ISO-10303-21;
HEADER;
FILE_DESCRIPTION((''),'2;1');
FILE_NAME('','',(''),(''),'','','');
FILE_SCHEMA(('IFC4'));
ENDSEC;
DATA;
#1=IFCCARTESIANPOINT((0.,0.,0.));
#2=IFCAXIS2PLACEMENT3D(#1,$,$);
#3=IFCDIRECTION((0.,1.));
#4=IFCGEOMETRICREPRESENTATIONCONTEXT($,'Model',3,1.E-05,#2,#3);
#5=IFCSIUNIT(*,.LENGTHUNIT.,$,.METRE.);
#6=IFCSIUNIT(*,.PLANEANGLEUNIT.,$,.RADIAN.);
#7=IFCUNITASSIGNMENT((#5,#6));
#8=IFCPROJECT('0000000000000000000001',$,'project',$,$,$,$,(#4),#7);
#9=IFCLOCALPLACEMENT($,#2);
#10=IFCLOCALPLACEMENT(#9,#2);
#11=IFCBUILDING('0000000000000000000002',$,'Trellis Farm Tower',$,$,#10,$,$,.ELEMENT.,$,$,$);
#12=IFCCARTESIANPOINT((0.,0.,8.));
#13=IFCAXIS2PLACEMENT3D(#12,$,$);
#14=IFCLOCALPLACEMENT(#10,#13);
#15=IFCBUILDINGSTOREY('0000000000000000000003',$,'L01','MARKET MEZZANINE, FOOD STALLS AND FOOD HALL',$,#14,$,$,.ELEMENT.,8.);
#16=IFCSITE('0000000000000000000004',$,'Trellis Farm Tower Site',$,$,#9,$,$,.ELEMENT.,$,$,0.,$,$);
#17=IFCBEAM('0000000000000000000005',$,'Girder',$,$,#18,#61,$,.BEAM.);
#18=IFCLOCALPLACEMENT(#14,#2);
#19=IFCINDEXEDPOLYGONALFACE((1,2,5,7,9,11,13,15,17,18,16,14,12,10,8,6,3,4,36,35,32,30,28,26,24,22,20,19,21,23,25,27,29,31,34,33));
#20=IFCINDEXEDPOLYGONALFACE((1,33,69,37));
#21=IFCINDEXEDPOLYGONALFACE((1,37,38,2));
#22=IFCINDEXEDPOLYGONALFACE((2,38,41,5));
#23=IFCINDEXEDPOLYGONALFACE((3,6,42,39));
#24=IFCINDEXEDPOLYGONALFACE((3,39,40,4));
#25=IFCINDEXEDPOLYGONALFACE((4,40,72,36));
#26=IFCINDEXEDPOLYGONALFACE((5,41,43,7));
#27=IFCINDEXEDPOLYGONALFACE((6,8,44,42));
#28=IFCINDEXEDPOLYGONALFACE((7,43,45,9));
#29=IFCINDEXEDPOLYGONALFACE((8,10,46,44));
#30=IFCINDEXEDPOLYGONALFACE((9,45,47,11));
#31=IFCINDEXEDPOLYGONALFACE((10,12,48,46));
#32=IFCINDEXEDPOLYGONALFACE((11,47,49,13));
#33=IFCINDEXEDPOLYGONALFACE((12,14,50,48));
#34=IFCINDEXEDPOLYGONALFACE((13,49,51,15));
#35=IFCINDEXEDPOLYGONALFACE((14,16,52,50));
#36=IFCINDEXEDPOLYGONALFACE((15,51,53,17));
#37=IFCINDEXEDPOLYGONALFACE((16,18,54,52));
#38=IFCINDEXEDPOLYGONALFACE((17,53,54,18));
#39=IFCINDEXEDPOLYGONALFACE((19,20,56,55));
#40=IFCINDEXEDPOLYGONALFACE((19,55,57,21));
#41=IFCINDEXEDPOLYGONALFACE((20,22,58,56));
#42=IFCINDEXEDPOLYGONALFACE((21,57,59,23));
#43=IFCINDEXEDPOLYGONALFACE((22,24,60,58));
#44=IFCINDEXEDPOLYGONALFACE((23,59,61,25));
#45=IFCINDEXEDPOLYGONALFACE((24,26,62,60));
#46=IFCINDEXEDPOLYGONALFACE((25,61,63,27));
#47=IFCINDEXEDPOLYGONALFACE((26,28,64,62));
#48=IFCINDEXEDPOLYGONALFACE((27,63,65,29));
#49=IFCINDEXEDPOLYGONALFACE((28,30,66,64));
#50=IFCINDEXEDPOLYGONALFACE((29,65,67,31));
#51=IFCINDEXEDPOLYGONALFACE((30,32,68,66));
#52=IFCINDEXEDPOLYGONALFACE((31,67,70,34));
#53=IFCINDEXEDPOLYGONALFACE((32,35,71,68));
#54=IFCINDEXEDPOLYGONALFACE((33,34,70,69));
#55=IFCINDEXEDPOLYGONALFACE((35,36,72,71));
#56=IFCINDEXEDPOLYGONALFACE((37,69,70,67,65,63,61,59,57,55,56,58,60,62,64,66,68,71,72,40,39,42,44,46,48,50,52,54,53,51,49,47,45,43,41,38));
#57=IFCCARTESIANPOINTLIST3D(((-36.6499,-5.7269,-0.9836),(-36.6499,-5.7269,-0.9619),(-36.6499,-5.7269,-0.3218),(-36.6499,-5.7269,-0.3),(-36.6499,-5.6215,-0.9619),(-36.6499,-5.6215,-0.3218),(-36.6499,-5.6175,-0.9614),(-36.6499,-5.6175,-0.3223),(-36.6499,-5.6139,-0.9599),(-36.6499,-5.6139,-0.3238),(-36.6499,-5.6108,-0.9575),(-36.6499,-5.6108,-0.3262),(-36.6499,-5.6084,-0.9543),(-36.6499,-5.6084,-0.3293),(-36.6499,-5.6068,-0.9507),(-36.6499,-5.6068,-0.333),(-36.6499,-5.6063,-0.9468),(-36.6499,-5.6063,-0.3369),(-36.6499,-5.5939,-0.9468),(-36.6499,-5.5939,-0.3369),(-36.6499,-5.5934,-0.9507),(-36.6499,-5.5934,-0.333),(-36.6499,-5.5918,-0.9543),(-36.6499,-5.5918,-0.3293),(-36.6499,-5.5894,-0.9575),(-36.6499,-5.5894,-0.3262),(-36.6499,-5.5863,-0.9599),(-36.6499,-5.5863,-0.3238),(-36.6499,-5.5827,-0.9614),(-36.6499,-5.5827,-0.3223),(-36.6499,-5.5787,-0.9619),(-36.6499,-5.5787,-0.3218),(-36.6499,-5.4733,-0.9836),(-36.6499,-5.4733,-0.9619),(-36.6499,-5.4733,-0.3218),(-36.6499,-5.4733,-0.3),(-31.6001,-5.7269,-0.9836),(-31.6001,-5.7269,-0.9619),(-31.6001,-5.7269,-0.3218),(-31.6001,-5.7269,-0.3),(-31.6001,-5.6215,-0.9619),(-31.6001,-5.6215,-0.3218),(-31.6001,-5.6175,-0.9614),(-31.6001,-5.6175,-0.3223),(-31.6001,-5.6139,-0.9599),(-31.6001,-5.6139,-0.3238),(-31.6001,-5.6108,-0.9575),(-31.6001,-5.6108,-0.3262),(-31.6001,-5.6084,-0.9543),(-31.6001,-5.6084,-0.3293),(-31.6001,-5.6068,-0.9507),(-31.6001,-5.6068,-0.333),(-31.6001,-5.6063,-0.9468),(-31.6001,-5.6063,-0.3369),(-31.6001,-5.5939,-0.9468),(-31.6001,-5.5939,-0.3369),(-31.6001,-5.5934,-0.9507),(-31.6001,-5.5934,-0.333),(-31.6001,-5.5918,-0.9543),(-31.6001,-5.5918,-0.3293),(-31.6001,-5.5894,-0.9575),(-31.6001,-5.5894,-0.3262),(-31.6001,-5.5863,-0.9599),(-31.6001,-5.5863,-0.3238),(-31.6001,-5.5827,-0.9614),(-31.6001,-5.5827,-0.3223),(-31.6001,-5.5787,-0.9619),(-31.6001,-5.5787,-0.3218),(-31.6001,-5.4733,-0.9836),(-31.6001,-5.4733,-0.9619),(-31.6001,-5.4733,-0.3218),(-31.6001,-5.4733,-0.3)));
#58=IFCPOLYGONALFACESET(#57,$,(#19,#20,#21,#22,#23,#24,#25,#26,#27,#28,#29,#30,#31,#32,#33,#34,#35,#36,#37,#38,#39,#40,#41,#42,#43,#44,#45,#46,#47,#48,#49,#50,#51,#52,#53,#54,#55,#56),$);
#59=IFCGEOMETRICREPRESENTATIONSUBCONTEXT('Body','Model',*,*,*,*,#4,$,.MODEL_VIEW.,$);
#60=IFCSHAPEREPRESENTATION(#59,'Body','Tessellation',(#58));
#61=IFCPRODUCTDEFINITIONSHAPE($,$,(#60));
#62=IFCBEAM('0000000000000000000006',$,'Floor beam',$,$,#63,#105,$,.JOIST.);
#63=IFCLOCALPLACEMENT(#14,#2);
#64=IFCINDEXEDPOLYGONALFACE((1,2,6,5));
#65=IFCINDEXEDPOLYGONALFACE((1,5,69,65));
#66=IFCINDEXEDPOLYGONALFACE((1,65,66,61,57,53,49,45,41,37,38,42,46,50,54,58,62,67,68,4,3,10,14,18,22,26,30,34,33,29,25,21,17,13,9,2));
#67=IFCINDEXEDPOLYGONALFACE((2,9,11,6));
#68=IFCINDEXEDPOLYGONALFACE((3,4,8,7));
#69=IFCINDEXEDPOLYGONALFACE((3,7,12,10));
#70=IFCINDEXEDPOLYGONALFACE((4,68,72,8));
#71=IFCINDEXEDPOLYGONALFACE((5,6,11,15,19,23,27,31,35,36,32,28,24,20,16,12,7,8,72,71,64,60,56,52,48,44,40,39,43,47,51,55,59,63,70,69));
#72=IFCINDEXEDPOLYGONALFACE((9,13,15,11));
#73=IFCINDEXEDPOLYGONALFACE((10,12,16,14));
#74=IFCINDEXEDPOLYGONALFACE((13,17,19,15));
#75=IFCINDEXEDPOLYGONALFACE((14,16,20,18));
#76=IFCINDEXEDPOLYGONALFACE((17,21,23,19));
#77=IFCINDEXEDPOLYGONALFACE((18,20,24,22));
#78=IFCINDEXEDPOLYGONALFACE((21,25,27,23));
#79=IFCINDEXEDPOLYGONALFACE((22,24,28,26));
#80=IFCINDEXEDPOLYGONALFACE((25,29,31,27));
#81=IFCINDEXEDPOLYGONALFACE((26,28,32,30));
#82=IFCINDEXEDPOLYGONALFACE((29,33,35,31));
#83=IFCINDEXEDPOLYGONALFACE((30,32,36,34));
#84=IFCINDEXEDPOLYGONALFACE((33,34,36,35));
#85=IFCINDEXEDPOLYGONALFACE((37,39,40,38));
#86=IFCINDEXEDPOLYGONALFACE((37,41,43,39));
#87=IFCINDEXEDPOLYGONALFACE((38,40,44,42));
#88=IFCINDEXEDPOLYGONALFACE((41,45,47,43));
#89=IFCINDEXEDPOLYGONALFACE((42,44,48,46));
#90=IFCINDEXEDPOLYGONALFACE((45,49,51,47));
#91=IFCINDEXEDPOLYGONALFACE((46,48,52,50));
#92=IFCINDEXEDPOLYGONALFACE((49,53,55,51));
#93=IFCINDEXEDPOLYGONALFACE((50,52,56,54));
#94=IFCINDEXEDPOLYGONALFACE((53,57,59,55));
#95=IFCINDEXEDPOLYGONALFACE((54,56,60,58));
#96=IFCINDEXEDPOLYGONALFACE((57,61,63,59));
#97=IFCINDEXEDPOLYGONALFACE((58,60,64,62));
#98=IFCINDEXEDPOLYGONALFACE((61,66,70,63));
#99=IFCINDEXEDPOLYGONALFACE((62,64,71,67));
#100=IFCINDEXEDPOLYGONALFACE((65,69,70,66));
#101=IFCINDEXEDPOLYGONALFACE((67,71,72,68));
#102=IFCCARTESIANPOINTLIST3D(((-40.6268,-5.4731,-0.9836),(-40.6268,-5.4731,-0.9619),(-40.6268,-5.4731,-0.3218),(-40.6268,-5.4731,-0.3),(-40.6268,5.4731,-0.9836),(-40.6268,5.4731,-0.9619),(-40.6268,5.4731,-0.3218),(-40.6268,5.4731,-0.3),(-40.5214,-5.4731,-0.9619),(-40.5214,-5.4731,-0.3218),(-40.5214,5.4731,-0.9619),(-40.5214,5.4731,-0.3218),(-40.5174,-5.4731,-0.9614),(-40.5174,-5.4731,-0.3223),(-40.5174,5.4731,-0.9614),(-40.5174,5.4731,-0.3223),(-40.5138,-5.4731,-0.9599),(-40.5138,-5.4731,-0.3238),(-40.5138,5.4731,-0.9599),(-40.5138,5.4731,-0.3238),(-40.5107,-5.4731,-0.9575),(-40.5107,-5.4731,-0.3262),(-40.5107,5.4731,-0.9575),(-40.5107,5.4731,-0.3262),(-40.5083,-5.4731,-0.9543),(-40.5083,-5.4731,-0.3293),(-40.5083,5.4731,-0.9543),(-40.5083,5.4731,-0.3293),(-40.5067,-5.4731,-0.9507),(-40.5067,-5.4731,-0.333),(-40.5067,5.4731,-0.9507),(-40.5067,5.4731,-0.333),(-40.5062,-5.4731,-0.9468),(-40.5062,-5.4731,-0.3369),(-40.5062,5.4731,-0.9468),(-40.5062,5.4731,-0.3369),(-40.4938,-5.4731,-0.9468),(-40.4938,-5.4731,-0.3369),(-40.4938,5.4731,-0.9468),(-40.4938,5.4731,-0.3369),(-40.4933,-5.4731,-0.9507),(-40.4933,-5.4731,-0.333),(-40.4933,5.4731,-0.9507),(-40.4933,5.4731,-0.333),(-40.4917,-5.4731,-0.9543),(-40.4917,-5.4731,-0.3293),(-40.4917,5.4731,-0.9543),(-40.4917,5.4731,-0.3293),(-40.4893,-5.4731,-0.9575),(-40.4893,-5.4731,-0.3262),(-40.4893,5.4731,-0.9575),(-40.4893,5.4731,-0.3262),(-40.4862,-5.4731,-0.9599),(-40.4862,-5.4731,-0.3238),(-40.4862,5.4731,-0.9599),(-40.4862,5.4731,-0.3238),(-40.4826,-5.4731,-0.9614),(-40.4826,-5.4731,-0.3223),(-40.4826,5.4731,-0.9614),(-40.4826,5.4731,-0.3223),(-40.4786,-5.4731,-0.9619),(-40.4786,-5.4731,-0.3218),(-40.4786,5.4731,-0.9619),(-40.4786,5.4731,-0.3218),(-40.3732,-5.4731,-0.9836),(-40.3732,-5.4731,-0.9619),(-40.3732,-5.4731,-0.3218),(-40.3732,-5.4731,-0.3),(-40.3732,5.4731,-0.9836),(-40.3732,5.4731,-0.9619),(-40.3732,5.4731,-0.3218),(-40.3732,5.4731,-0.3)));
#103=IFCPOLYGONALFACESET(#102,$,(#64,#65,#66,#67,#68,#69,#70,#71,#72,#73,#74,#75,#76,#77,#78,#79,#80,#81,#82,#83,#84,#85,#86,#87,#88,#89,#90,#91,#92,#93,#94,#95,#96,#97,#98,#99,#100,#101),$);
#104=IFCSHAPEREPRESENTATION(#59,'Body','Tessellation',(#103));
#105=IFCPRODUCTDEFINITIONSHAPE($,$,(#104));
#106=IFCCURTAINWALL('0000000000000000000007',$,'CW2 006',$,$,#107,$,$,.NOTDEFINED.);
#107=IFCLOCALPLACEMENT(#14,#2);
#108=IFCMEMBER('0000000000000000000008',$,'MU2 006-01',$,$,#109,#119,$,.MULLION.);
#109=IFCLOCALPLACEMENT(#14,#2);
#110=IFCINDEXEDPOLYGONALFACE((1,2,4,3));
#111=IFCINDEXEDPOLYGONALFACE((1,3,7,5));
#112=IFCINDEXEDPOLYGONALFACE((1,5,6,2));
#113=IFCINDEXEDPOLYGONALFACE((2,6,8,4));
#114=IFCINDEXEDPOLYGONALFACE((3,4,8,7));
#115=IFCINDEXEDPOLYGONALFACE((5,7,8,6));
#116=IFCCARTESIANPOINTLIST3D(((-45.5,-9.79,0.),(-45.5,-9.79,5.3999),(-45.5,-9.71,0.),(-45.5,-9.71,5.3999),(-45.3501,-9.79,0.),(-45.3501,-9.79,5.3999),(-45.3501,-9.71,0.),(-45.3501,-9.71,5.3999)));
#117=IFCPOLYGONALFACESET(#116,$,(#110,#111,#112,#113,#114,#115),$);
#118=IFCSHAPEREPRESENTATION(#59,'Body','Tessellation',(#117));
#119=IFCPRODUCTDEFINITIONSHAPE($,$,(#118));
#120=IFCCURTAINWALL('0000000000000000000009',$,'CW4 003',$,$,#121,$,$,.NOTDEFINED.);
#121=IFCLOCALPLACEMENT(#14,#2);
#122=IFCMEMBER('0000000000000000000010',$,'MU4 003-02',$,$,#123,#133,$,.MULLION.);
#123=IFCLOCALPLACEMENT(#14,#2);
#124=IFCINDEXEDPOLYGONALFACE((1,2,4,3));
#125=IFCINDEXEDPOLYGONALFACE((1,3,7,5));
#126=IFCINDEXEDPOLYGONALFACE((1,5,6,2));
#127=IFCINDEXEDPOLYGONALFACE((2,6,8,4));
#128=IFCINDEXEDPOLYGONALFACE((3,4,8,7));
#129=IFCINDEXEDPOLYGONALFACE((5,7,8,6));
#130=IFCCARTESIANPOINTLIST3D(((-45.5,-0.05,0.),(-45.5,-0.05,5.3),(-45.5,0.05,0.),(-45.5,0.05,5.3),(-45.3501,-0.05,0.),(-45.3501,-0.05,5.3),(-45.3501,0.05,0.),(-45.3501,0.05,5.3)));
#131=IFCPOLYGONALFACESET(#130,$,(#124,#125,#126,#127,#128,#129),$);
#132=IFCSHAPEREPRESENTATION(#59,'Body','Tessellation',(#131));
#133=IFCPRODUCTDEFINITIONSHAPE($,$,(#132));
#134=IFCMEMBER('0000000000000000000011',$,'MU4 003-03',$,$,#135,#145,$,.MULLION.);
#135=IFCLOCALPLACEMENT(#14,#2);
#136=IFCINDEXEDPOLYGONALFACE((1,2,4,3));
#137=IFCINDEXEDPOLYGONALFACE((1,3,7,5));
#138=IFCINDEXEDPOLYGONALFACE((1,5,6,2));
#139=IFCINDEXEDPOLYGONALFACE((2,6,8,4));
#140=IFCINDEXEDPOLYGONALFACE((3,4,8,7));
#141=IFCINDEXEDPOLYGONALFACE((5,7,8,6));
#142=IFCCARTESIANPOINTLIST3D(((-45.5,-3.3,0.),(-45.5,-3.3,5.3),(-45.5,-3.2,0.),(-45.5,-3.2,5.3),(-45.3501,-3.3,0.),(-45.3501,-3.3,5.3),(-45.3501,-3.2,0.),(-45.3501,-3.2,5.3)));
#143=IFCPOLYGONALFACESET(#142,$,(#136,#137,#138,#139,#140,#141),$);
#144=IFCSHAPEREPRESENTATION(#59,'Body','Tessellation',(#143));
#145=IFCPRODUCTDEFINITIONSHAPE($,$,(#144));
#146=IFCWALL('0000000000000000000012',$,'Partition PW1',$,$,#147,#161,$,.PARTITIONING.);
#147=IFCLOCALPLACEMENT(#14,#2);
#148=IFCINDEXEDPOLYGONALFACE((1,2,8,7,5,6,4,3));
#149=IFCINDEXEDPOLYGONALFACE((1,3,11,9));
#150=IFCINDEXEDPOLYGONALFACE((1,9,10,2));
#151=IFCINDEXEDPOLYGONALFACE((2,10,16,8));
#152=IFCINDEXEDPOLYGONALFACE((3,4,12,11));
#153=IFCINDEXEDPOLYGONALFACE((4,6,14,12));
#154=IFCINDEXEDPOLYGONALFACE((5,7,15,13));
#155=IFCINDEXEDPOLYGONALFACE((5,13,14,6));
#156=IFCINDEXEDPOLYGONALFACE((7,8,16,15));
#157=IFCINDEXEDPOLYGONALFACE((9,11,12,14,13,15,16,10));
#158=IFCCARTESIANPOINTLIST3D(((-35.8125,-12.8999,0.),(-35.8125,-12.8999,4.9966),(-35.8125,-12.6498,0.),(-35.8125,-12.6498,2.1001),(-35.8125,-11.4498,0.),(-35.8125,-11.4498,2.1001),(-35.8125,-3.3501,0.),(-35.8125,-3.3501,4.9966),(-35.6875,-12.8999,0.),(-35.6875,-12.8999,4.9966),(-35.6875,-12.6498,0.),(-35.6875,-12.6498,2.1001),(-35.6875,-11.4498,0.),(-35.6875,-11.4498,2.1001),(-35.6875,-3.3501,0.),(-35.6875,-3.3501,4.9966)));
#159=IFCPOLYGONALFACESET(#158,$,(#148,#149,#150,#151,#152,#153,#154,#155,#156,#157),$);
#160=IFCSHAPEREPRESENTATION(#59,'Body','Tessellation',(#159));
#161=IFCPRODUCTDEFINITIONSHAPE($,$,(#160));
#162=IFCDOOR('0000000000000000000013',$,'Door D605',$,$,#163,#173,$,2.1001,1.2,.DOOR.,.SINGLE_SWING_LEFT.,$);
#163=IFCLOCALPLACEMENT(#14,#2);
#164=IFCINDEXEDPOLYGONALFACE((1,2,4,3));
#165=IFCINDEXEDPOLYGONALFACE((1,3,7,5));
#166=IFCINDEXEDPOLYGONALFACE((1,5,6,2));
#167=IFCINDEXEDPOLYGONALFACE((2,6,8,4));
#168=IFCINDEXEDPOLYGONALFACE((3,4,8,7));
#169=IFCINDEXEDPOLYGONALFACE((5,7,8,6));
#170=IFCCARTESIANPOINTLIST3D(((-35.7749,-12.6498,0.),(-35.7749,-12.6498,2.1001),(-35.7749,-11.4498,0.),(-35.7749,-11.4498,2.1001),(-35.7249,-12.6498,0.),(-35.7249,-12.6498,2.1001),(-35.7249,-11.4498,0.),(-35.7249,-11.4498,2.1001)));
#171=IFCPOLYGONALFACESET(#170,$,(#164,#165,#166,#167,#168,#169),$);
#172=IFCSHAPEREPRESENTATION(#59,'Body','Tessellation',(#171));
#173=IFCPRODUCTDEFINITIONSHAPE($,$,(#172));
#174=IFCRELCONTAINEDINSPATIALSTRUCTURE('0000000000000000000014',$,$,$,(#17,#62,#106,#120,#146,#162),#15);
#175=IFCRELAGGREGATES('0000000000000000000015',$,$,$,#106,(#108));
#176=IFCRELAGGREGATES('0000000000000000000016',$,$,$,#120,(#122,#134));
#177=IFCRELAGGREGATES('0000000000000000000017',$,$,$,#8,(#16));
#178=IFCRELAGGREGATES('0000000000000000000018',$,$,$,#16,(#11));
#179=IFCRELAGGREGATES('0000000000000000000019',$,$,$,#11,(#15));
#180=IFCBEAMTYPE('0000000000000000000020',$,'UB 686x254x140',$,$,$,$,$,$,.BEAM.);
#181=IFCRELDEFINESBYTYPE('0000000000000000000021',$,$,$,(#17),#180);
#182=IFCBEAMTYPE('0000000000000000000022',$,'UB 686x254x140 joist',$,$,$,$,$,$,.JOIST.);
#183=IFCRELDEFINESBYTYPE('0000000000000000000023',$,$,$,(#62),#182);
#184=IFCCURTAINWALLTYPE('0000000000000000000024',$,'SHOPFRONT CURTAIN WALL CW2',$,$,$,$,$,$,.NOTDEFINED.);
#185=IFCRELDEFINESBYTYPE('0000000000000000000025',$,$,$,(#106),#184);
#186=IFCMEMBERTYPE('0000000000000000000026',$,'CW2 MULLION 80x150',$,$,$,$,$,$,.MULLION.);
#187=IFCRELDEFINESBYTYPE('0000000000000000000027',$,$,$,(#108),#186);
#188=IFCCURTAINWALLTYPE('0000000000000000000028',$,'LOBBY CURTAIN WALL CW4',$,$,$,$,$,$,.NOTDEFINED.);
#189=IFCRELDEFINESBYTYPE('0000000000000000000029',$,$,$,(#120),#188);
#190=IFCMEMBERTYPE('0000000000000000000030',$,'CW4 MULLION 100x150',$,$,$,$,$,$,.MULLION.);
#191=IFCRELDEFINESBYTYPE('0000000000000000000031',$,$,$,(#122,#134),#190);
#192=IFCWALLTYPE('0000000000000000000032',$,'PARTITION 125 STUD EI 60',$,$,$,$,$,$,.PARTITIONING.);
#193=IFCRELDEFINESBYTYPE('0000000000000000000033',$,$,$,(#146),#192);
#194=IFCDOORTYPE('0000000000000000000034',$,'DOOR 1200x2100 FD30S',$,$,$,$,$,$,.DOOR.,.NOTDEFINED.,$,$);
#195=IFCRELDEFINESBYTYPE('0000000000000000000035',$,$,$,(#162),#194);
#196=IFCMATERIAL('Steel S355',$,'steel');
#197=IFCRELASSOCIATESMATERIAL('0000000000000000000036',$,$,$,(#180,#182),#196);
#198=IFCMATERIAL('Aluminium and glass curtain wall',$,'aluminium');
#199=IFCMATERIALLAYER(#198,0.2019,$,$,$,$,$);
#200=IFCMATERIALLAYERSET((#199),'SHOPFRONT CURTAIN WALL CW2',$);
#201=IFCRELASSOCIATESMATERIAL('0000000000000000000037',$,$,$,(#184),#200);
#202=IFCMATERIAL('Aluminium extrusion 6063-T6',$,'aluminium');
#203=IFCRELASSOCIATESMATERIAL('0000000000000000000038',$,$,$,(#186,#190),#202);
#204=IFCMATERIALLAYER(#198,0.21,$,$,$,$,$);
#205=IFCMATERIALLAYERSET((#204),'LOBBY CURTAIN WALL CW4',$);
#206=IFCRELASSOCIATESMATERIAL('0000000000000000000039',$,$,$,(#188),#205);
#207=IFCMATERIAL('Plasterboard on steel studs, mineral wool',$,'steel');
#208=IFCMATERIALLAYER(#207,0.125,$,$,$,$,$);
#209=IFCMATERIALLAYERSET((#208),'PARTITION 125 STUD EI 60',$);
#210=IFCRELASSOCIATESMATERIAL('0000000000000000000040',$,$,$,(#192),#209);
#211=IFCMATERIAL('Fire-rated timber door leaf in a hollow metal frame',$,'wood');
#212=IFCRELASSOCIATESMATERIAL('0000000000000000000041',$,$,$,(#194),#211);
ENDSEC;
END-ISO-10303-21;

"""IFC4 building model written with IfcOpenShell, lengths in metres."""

from ifc_helpers import new_model, si_unit, direction, frame, frame_2d, origin, origin_2d, place, context, subcontext, project, spatial, rectangle, i_section, extrude, source, transform, mapped, material, layer, layer_set, material_profile, profile_set, type_object, element, fill, aggregate, save


model = new_model("IFC4")

# Units and contexts
model_context = context("Model", 3, precision=1e-05, world=origin(), true_north=direction((0.0, 1.0)))
body_context = subcontext(model_context, "Body", "Model", "MODEL_VIEW")
ifc_project = project(units=[si_unit("LENGTHUNIT", "METRE"), si_unit("PLANEANGLEUNIT", "RADIAN")], contexts=[model_context])

# Site, building, storey
site_placement = place(None, origin())
site = spatial("IfcSite", under=ifc_project, at=site_placement, Name="Trellis Farm Tower Site", CompositionType="ELEMENT", RefElevation=0.0)
building_placement = place(site_placement, origin())
building = spatial("IfcBuilding", under=site, at=building_placement, Name="Trellis Farm Tower", CompositionType="ELEMENT")
storey_placement = place(building_placement, frame((0.0, 0.0, 8.0)))
storey = spatial("IfcBuildingStorey", under=building, at=storey_placement, Name="L01", Description="MARKET MEZZANINE, FOOD STALLS AND FOOD HALL", CompositionType="ELEMENT", Elevation=8.0)

# Beams
ifc_material_1 = material(Name="Steel S355", Category="steel")
ifc_material_profile_1 = material_profile(ifc_material_1, i_section(OverallWidth=0.2537, OverallDepth=0.6836, WebThickness=0.0125, FlangeThickness=0.0217, FilletRadius=0.0151, at=origin_2d()), Name="UB 686x254x140")
ifc_profile_set_1 = profile_set([ifc_material_profile_1], Name="Steel S355")
beam_type_1 = type_object("IfcBeamType", Name="UB 686x254x140", PredefinedType="BEAM", material=ifc_profile_set_1)
shared_shape_1 = source(origin(), body_context, "Body", "SweptSolid", [
    extrude(i_section(OverallWidth=0.2537, OverallDepth=0.6836, WebThickness=0.0125, FlangeThickness=0.0217, FilletRadius=0.0151, at=origin_2d()), origin(), (0.0, 0.0, 1.0), 5.0498),
])
beam_1_placement = place(storey_placement, frame((-36.6499, -5.6001, -0.6418), z_axis=(1.0, 0.0, 0.0), x_axis=(0.0, 1.0, 0.0)))
element("IfcBeam", 1, at=beam_1_placement, inside=storey, type_object=beam_type_1, Name="Girder", PredefinedType="BEAM", context=body_context, shape_type="MappedRepresentation", body=[
    mapped(shared_shape_1, transform((0.0, 0.0, 0.0))),
])
ifc_material_profile_2 = material_profile(ifc_material_1, i_section(OverallWidth=0.2537, OverallDepth=0.6836, WebThickness=0.0125, FlangeThickness=0.0217, FilletRadius=0.0151, at=origin_2d()), Name="UB 686x254x140")
ifc_profile_set_2 = profile_set([ifc_material_profile_2], Name="Steel S355")
beam_type_2 = type_object("IfcBeamType", Name="UB 686x254x140 joist", PredefinedType="JOIST", material=ifc_profile_set_2)
shared_shape_2 = source(origin(), body_context, "Body", "SweptSolid", [
    extrude(i_section(OverallWidth=0.2537, OverallDepth=0.6836, WebThickness=0.0125, FlangeThickness=0.0217, FilletRadius=0.0151, at=origin_2d()), origin(), (0.0, 0.0, 1.0), 10.9463),
])
beam_2_placement = place(storey_placement, frame((-40.5, -5.4731, -0.6418), z_axis=(0.0, 1.0, 0.0), x_axis=(-1.0, 0.0, 0.0)))
element("IfcBeam", 2, at=beam_2_placement, inside=storey, type_object=beam_type_2, Name="Floor beam", PredefinedType="JOIST", context=body_context, shape_type="MappedRepresentation", body=[
    mapped(shared_shape_2, transform((0.0, 0.0, 0.0))),
])

# Curtain wall, member
ifc_material_2 = material(Name="Aluminium and glass curtain wall", Category="aluminium")
ifc_layer_1 = layer(ifc_material_2, 0.2019)
ifc_layer_set_1 = layer_set([ifc_layer_1], Name="SHOPFRONT CURTAIN WALL CW2")
curtain_wall_type_1 = type_object("IfcCurtainWallType", Name="SHOPFRONT CURTAIN WALL CW2", PredefinedType="NOTDEFINED", material=ifc_layer_set_1)
placement = place(storey_placement, origin())
curtain_wall_1 = element("IfcCurtainWall", 3, at=placement, inside=storey, type_object=curtain_wall_type_1, Name="CW2 006", PredefinedType="NOTDEFINED")
ifc_material_3 = material(Name="Aluminium extrusion 6063-T6", Category="aluminium")
ifc_material_profile_3 = material_profile(ifc_material_3, rectangle(XDim=0.0801, YDim=0.1499, at=origin_2d()), Name="MULLION 80x150")
ifc_profile_set_3 = profile_set([ifc_material_profile_3], Name="Aluminium extrusion 6063-T6")
member_type_1 = type_object("IfcMemberType", Name="CW2 MULLION 80x150", PredefinedType="MULLION", material=ifc_profile_set_3)
shared_shape_3 = source(origin(), body_context, "Body", "SweptSolid", [
    extrude(rectangle(XDim=0.0801, YDim=0.1499, at=origin_2d()), origin(), (0.0, 0.0, 1.0), 5.3999),
])
member_1_placement = place(storey_placement, frame((-45.425, -9.75, 0.0), z_axis=(0.0, 0.0, 1.0), x_axis=(0.0, -1.0, 0.0)))
member_1 = element("IfcMember", 4, at=member_1_placement, type_object=member_type_1, Name="MU2 006-01", PredefinedType="MULLION", context=body_context, shape_type="MappedRepresentation", body=[
    mapped(shared_shape_3, transform((0.0, 0.0, 0.0))),
])
aggregate(curtain_wall_1, [member_1])

# Curtain wall, members
ifc_layer_2 = layer(ifc_material_2, 0.21)
ifc_layer_set_2 = layer_set([ifc_layer_2], Name="LOBBY CURTAIN WALL CW4")
curtain_wall_type_2 = type_object("IfcCurtainWallType", Name="LOBBY CURTAIN WALL CW4", PredefinedType="NOTDEFINED", material=ifc_layer_set_2)
curtain_wall_2 = element("IfcCurtainWall", 5, at=placement, inside=storey, type_object=curtain_wall_type_2, Name="CW4 003", PredefinedType="NOTDEFINED")
ifc_material_profile_4 = material_profile(ifc_material_3, rectangle(XDim=0.1001, YDim=0.1499, at=origin_2d()), Name="MULLION 100x150")
ifc_profile_set_4 = profile_set([ifc_material_profile_4], Name="Aluminium extrusion 6063-T6")
member_type_2 = type_object("IfcMemberType", Name="CW4 MULLION 100x150", PredefinedType="MULLION", material=ifc_profile_set_4)
shared_shape_4 = source(origin(), body_context, "Body", "SweptSolid", [
    extrude(rectangle(XDim=0.1001, YDim=0.1499, at=origin_2d()), origin(), (0.0, 0.0, 1.0), 5.3),
])
member_2_placement = place(storey_placement, frame((-45.425, 0.0, 0.0), z_axis=(0.0, 0.0, 1.0), x_axis=(0.0, -1.0, 0.0)))
member_2 = element("IfcMember", 6, at=member_2_placement, type_object=member_type_2, Name="MU4 003-02", PredefinedType="MULLION", context=body_context, shape_type="MappedRepresentation", body=[
    mapped(shared_shape_4, transform((0.0, 0.0, 0.0))),
])
member_3_placement = place(storey_placement, frame((-45.425, -3.25, 0.0), z_axis=(0.0, 0.0, 1.0), x_axis=(0.0, -1.0, 0.0)))
member_3 = element("IfcMember", 7, at=member_3_placement, type_object=member_type_2, Name="MU4 003-03", PredefinedType="MULLION", context=body_context, shape_type="MappedRepresentation", body=[
    mapped(shared_shape_4, transform((0.0, 0.0, 0.0))),
])
aggregate(curtain_wall_2, [member_2, member_3])

# Wall, opening, door
ifc_material_4 = material(Name="Plasterboard on steel studs, mineral wool", Category="steel")
ifc_layer_3 = layer(ifc_material_4, 0.125)
ifc_layer_set_3 = layer_set([ifc_layer_3], Name="PARTITION 125 STUD EI 60")
wall_type_1 = type_object("IfcWallType", Name="PARTITION 125 STUD EI 60", PredefinedType="PARTITIONING", material=ifc_layer_set_3)
shared_shape_5 = source(origin(), body_context, "Body", "SweptSolid", [
    extrude(rectangle(XDim=9.5498, YDim=0.125, at=frame_2d((4.7749, 0.0))), origin(), (0.0, 0.0, 1.0), 4.9966),
])
wall_1_placement = place(storey_placement, frame((-35.75, -12.8999, 0.0), z_axis=(0.0, 0.0, 1.0), x_axis=(0.0, 1.0, 0.0)))
wall_1 = element("IfcWall", 8, at=wall_1_placement, inside=storey, type_object=wall_type_1, Name="Partition PW1", PredefinedType="PARTITIONING", context=body_context, shape_type="MappedRepresentation", body=[
    mapped(shared_shape_5, transform((0.0, 0.0, 0.0))),
])
shared_shape_6 = source(origin(), body_context, "Body", "SweptSolid", [
    extrude(rectangle(XDim=1.2, YDim=2.1001, at=frame_2d((0.6001, 1.05))), frame((0.0, 0.0725, 0.0), z_axis=(0.0, -1.0, 0.0), x_axis=(1.0, 0.0, 0.0)), (0.0, 0.0, 1.0), 0.145),
])
opening_1_placement = place(wall_1_placement, frame((0.25, 0.0, 0.0)))
opening_1 = element("IfcOpeningElement", 9, at=opening_1_placement, cuts=wall_1, PredefinedType="OPENING", context=body_context, shape_type="MappedRepresentation", body=[
    mapped(shared_shape_6, transform((0.0, 0.0, 0.0))),
])
ifc_material_5 = material(Name="Fire-rated timber door leaf in a hollow metal frame", Category="wood")
door_type_1 = type_object("IfcDoorType", Name="DOOR 1200x2100 FD30S", OperationType="NOTDEFINED", PredefinedType="DOOR", material=ifc_material_5)
shared_shape_7 = source(origin(), body_context, "Body", "SweptSolid", [
    extrude(rectangle(XDim=1.2, YDim=2.1001, at=frame_2d((0.6001, 1.05))), frame((0.0, 0.0249, 0.0), z_axis=(0.0, -1.0, 0.0), x_axis=(1.0, 0.0, 0.0)), (0.0, 0.0, 1.0), 0.05),
])
door_1_placement = place(opening_1_placement, origin())
door_1 = element("IfcDoor", 10, at=door_1_placement, inside=storey, type_object=door_type_1, Name="Door D605", OperationType="SINGLE_SWING_LEFT", OverallHeight=2.1001, OverallWidth=1.2, PredefinedType="DOOR", context=body_context, shape_type="MappedRepresentation", body=[
    mapped(shared_shape_7, transform((0.0, 0.0, 0.0))),
])
fill(opening_1, door_1)

save(model, "model.ifc")
